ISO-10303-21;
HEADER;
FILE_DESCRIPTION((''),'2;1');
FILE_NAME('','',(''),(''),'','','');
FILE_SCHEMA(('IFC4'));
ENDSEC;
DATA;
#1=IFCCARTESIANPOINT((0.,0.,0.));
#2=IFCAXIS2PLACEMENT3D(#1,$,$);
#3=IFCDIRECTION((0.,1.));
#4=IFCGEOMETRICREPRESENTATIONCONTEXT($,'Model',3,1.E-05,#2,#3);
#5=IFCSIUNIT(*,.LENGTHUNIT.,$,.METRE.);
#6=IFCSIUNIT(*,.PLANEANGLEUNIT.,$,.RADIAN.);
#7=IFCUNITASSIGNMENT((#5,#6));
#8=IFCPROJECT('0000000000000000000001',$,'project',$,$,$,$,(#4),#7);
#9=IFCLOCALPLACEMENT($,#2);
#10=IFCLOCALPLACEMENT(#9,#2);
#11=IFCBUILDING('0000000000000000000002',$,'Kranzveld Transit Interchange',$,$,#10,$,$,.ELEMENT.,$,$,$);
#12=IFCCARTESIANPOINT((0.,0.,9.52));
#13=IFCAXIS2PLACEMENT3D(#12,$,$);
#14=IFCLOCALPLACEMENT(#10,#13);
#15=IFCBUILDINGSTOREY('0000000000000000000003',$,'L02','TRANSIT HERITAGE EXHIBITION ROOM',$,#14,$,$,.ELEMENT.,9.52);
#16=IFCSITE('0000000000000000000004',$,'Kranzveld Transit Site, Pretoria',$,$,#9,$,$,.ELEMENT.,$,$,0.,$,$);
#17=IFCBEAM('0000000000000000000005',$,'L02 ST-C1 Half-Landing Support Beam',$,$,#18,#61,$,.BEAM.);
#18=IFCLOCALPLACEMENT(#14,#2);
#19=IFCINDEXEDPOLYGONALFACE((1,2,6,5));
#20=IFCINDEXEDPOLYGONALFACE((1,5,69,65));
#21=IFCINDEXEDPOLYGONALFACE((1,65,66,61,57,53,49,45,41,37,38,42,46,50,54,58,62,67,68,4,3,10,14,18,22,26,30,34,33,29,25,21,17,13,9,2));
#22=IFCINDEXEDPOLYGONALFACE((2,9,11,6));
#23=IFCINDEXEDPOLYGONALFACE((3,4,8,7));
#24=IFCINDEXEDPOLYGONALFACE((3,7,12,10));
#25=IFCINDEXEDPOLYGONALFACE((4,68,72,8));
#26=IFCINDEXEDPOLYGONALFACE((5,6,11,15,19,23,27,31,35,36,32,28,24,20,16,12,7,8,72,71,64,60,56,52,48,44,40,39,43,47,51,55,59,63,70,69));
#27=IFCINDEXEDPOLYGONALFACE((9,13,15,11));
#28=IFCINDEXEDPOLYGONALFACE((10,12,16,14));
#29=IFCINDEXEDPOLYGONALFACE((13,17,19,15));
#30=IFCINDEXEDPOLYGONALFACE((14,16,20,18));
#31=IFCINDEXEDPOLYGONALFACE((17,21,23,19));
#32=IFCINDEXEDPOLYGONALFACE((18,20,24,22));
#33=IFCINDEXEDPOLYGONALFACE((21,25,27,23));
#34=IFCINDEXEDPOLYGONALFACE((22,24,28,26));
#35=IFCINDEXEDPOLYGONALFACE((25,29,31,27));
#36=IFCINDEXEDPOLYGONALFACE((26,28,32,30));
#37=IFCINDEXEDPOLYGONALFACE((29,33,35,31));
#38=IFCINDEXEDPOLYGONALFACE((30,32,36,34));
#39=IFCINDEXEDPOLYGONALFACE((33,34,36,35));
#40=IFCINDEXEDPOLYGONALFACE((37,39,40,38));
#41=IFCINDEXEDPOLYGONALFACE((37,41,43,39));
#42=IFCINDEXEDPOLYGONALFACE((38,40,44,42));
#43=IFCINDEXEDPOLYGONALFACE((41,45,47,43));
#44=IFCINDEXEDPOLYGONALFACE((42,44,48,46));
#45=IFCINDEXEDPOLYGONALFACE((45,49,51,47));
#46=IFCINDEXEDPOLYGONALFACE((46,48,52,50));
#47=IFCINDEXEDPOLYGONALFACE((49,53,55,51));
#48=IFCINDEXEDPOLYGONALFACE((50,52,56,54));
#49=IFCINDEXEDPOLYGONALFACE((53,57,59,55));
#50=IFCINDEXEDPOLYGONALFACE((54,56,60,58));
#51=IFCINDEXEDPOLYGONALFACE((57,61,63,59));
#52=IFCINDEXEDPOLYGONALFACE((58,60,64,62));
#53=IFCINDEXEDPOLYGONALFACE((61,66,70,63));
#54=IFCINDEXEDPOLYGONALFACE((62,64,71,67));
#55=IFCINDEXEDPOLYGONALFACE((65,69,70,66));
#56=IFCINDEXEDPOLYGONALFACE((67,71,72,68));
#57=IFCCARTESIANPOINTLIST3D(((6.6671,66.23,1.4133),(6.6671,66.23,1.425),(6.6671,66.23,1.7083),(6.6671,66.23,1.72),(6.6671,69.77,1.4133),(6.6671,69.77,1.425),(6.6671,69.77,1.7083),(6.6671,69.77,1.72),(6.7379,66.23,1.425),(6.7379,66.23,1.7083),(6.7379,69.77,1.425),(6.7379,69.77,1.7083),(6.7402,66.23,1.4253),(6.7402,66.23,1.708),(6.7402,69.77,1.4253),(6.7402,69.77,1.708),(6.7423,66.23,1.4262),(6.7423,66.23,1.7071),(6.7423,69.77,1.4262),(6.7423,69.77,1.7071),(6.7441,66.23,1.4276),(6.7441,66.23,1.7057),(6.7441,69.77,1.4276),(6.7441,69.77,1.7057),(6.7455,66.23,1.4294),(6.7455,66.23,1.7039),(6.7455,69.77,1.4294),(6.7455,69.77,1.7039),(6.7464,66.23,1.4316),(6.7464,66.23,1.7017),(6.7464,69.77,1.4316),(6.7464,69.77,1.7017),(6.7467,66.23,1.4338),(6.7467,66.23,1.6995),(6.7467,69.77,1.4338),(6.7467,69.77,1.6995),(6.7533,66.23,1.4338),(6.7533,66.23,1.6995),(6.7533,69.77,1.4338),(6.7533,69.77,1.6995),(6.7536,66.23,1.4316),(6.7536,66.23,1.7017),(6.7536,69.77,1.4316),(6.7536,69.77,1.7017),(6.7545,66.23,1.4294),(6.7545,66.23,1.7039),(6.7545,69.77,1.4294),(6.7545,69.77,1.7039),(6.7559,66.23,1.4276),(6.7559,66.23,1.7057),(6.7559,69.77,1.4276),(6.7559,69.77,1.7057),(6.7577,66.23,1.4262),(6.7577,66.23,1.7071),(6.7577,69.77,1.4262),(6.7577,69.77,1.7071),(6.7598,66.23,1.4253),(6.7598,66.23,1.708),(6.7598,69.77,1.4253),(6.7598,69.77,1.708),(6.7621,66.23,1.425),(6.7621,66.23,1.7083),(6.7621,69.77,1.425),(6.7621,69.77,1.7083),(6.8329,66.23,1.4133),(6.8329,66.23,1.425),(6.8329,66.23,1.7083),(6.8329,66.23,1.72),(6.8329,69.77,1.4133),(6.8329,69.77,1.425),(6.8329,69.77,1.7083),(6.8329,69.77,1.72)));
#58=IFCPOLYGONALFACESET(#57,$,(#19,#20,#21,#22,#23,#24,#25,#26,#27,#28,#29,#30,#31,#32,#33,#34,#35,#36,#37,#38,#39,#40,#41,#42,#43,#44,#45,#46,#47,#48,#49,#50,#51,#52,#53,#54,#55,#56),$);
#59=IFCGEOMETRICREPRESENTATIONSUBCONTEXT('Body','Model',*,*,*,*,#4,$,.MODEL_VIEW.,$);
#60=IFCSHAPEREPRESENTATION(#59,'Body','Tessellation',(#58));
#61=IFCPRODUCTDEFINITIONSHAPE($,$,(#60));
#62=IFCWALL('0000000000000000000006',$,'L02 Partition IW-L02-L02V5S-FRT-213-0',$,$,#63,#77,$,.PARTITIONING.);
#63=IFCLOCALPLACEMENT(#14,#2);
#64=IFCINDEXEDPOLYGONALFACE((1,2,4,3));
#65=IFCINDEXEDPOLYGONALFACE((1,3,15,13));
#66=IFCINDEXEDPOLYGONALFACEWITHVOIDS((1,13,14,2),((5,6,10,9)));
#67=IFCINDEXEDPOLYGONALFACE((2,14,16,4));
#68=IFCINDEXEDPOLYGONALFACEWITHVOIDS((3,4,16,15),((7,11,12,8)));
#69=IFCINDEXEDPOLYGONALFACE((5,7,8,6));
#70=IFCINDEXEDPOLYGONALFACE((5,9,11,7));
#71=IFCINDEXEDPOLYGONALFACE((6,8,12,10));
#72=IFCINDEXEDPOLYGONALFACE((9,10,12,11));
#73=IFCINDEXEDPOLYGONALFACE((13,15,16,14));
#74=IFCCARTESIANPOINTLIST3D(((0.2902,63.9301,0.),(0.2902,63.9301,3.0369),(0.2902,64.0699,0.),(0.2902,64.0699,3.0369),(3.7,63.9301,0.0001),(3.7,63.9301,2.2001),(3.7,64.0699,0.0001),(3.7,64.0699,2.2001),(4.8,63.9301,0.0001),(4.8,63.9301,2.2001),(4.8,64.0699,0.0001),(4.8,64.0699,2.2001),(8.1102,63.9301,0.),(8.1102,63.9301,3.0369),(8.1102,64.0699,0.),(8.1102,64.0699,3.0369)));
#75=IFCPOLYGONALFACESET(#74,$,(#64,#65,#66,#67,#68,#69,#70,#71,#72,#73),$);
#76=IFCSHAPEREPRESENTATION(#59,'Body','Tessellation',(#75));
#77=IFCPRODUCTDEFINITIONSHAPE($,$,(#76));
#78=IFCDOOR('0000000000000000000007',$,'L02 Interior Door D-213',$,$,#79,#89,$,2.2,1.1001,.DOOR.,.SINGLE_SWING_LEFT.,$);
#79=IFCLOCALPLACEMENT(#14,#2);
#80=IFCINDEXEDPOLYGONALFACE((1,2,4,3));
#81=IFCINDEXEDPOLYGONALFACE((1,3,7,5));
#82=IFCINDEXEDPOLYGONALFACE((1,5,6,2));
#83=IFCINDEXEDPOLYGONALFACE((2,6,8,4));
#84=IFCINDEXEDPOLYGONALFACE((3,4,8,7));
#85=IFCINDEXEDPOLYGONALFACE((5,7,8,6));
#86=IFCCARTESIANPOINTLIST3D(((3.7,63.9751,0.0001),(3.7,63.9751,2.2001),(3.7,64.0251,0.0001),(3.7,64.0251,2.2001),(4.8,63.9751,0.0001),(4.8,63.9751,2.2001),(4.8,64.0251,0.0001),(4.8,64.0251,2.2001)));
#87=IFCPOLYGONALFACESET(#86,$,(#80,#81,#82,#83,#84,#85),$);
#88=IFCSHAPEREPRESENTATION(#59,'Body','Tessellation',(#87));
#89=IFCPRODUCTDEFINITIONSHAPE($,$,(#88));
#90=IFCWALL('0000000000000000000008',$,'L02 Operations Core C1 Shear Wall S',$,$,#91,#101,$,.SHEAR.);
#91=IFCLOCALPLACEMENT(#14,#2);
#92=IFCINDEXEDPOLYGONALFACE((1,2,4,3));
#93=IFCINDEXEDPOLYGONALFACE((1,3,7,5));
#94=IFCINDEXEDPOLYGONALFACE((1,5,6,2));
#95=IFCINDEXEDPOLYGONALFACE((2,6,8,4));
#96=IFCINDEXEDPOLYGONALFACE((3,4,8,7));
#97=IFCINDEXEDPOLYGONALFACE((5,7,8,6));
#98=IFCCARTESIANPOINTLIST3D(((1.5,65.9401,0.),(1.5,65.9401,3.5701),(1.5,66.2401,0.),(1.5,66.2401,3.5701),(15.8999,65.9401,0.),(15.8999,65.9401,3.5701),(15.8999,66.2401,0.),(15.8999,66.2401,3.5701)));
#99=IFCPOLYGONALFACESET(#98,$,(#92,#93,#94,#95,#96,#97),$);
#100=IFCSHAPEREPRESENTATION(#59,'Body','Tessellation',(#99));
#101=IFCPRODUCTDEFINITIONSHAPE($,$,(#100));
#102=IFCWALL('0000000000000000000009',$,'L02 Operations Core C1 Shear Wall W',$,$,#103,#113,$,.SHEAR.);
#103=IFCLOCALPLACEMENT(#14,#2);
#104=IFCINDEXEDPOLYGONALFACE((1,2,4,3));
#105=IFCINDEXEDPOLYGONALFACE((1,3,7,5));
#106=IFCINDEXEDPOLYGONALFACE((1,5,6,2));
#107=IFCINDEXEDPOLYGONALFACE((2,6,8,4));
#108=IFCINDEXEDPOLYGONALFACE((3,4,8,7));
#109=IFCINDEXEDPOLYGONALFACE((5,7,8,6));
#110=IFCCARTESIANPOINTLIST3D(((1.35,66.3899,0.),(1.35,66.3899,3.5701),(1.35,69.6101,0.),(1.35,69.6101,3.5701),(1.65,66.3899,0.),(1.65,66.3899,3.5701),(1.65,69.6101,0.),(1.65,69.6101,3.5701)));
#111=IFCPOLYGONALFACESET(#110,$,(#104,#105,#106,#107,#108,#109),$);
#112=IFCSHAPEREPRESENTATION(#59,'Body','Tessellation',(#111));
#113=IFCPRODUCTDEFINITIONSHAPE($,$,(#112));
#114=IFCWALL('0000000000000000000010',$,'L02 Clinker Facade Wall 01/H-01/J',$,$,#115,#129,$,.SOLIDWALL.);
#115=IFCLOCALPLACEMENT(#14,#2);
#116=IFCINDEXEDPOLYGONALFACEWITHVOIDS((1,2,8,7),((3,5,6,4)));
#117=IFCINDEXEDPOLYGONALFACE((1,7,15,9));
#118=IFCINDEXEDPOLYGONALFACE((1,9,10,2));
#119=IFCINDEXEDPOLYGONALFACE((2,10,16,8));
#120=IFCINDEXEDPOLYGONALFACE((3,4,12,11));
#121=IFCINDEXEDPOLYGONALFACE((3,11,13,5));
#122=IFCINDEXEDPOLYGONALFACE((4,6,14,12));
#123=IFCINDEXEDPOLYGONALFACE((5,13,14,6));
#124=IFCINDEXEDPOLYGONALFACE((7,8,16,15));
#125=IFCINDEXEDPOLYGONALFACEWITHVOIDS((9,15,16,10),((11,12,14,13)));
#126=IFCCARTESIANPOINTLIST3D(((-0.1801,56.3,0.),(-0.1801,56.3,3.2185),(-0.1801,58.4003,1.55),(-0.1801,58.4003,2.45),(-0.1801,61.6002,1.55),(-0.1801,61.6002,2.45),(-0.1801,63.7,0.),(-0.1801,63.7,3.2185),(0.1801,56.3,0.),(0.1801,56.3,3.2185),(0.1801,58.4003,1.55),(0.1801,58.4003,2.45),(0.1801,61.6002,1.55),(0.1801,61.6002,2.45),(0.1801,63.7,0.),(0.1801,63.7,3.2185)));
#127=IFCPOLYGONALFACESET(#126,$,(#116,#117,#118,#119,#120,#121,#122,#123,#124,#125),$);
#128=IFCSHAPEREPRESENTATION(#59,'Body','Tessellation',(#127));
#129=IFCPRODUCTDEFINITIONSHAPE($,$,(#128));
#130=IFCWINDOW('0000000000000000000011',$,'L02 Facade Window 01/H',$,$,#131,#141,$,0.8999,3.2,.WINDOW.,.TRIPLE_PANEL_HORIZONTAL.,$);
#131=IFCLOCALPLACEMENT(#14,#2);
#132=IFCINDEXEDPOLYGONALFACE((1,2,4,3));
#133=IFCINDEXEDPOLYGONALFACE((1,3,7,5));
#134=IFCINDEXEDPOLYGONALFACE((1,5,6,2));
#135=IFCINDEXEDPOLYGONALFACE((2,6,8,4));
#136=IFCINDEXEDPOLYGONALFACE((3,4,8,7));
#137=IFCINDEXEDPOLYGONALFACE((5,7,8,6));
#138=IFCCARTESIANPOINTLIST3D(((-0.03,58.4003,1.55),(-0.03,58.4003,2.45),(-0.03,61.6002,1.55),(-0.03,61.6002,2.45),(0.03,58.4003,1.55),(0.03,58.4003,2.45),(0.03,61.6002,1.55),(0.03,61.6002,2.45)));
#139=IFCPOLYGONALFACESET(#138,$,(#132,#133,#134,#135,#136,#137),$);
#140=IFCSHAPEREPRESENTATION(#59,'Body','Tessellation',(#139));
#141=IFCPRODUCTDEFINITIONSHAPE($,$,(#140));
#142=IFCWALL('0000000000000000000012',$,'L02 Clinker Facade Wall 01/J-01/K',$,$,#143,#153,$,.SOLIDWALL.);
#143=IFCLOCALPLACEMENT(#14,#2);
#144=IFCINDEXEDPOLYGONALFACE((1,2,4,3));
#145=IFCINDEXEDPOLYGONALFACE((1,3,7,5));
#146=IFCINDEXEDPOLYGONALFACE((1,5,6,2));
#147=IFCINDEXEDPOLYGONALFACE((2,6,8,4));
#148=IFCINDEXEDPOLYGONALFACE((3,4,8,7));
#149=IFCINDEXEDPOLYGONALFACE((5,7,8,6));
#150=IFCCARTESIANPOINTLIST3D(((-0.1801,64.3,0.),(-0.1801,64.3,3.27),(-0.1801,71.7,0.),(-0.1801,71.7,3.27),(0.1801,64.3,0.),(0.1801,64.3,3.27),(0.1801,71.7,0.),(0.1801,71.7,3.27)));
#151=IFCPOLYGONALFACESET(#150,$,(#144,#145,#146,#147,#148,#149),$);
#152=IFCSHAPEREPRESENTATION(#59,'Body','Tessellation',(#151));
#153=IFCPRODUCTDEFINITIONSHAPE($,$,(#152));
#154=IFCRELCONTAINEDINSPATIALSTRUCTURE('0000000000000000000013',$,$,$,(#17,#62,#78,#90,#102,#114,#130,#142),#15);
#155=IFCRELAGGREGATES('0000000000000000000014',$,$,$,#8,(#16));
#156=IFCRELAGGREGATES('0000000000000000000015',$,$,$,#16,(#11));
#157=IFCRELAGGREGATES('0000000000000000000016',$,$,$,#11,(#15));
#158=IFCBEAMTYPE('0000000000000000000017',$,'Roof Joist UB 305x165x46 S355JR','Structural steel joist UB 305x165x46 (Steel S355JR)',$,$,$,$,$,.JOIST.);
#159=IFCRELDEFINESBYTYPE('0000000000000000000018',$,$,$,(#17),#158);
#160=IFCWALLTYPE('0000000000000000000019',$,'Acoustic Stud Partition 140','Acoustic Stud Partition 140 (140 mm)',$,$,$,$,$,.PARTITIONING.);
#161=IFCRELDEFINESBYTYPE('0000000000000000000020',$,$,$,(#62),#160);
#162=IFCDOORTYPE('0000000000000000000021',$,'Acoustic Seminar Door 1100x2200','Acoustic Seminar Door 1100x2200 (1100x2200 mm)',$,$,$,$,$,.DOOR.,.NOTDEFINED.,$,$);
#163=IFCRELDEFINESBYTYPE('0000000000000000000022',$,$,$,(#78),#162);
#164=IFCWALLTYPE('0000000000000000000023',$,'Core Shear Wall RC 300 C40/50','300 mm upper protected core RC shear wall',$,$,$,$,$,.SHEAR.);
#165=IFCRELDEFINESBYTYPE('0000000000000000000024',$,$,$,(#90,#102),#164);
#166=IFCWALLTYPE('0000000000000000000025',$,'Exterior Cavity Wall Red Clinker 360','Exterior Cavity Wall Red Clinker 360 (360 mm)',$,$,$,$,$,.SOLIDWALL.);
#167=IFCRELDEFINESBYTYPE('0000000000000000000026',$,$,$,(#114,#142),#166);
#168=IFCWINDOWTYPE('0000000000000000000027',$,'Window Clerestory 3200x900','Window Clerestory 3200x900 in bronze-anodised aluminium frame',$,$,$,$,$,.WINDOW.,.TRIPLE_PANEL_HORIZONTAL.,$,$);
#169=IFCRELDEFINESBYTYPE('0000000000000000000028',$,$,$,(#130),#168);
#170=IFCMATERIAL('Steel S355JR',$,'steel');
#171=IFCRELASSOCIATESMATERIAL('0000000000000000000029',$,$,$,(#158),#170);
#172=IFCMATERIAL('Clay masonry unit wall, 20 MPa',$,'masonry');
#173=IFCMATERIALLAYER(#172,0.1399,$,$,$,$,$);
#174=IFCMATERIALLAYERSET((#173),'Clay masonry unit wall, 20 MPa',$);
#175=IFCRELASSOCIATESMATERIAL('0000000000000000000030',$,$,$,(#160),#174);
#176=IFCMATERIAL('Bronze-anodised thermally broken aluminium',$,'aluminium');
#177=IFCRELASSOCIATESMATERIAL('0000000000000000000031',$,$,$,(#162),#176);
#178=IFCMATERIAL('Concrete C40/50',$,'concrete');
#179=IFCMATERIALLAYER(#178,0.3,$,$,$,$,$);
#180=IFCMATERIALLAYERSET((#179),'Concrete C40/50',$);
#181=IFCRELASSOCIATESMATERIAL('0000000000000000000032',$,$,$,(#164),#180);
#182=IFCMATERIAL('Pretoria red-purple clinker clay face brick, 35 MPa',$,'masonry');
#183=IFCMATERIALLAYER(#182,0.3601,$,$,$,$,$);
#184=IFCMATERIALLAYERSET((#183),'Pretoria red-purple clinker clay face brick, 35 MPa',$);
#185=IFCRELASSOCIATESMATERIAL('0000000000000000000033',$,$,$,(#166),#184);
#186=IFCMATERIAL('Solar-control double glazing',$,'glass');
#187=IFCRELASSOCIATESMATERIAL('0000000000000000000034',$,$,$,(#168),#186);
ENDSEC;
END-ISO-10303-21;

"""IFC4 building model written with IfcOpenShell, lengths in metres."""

from ifc_helpers import new_model, si_unit, direction, frame, frame_2d, origin, origin_2d, place, context, subcontext, project, spatial, rectangle, i_section, extrude, material, layer, layer_set, material_profile, profile_set, type_object, element, fill, save


model = new_model("IFC4")

# Units and contexts
model_context = context("Model", 3, precision=1e-05, world=origin(), true_north=direction((0.0, 1.0)))
body_context = subcontext(model_context, "Body", "Model", "MODEL_VIEW")
ifc_project = project(units=[si_unit("LENGTHUNIT", "METRE"), si_unit("PLANEANGLEUNIT", "RADIAN")], contexts=[model_context])

# Site, building, storey
site_placement = place(None, origin())
site = spatial("IfcSite", under=ifc_project, at=site_placement, Name="Kranzveld Transit Site, Pretoria", CompositionType="ELEMENT", RefElevation=0.0)
building_placement = place(site_placement, origin())
building = spatial("IfcBuilding", under=site, at=building_placement, Name="Kranzveld Transit Interchange", CompositionType="ELEMENT")
storey_placement = place(building_placement, frame((0.0, 0.0, 9.52)))
storey = spatial("IfcBuildingStorey", under=building, at=storey_placement, Name="L02", Description="TRANSIT HERITAGE EXHIBITION ROOM", CompositionType="ELEMENT", Elevation=9.52)

# Beam
ifc_material_1 = material(Name="Steel S355JR", Category="steel")
ifc_material_profile_1 = material_profile(ifc_material_1, i_section(OverallWidth=0.1658, OverallDepth=0.3066, WebThickness=0.0066, FlangeThickness=0.0117, FilletRadius=0.0088, at=origin_2d()), Name="UB 305x165x46")
ifc_profile_set_1 = profile_set([ifc_material_profile_1], Name="Steel S355JR")
beam_type_1 = type_object("IfcBeamType", Name="Roof Joist UB 305x165x46 S355JR", Description="Structural steel joist UB 305x165x46 (Steel S355JR)", PredefinedType="JOIST", material=ifc_profile_set_1)
beam_1_placement = place(storey_placement, frame((6.75, 66.23, 1.5667), z_axis=(0.0, 1.0, 0.0), x_axis=(-1.0, 0.0, 0.0)))
element("IfcBeam", 1, at=beam_1_placement, inside=storey, type_object=beam_type_1, Name="L02 ST-C1 Half-Landing Support Beam", PredefinedType="BEAM", context=body_context, shape_type="SweptSolid", body=[
    extrude(i_section(OverallWidth=0.1658, OverallDepth=0.3066, WebThickness=0.0066, FlangeThickness=0.0117, FilletRadius=0.0088, at=origin_2d()), origin(), (0.0, 0.0, 1.0), 3.54),
])

# Wall, opening, door
ifc_material_2 = material(Name="Clay masonry unit wall, 20 MPa", Category="masonry")
ifc_layer_1 = layer(ifc_material_2, 0.1399)
ifc_layer_set_1 = layer_set([ifc_layer_1], Name="Clay masonry unit wall, 20 MPa")
wall_type_1 = type_object("IfcWallType", Name="Acoustic Stud Partition 140", Description="Acoustic Stud Partition 140 (140 mm)", PredefinedType="PARTITIONING", material=ifc_layer_set_1)
wall_1_placement = place(storey_placement, frame((0.29, 64.0, 0.0), z_axis=(0.0, 0.0, 1.0), x_axis=(1.0, 0.0, 0.0)))
wall_1 = element("IfcWall", 2, at=wall_1_placement, inside=storey, type_object=wall_type_1, Name="L02 Partition IW-L02-L02V5S-FRT-213-0", PredefinedType="PARTITIONING", context=body_context, shape_type="SweptSolid", body=[
    extrude(rectangle(XDim=7.8201, YDim=0.1399, at=frame_2d((3.9102, 0.0))), origin(), (0.0, 0.0, 1.0), 3.0369),
])
opening_1_placement = place(wall_1_placement, frame((4.51, 0.0, 0.0), z_axis=(0.0, 0.0, 1.0), x_axis=(-1.0, 0.0, 0.0)))
opening_1 = element("IfcOpeningElement", 3, at=opening_1_placement, cuts=wall_1, PredefinedType="OPENING", context=body_context, shape_type="SweptSolid", body=[
    extrude(rectangle(XDim=1.1001, YDim=2.2, at=frame_2d((0.55, 1.1001))), frame((0.0, 0.0798, 0.0), z_axis=(0.0, -1.0, 0.0), x_axis=(1.0, 0.0, 0.0)), (0.0, 0.0, 1.0), 0.1599),
])
ifc_material_3 = material(Name="Bronze-anodised thermally broken aluminium", Category="aluminium")
door_type = type_object("IfcDoorType", Name="Acoustic Seminar Door 1100x2200", Description="Acoustic Seminar Door 1100x2200 (1100x2200 mm)", OperationType="NOTDEFINED", PredefinedType="DOOR", material=ifc_material_3)
door_placement = place(opening_1_placement, origin())
door = element("IfcDoor", 4, at=door_placement, inside=storey, type_object=door_type, Name="L02 Interior Door D-213", OperationType="SINGLE_SWING_LEFT", OverallHeight=2.2, OverallWidth=1.1001, PredefinedType="DOOR", context=body_context, shape_type="SweptSolid", body=[
    extrude(rectangle(XDim=1.1001, YDim=2.2, at=frame_2d((0.55, 1.1001))), frame((0.0, 0.0249, 0.0), z_axis=(0.0, -1.0, 0.0), x_axis=(1.0, 0.0, 0.0)), (0.0, 0.0, 1.0), 0.05),
])
fill(opening_1, door)

# Walls
ifc_material_4 = material(Name="Concrete C40/50", Category="concrete")
ifc_layer_2 = layer(ifc_material_4, 0.3)
ifc_layer_set_2 = layer_set([ifc_layer_2], Name="Concrete C40/50")
wall_type_2 = type_object("IfcWallType", Name="Core Shear Wall RC 300 C40/50", Description="300 mm upper protected core RC shear wall", PredefinedType="SHEAR", material=ifc_layer_set_2)
wall_2_placement = place(storey_placement, frame((1.5, 66.0901, 0.0), z_axis=(0.0, 0.0, 1.0), x_axis=(1.0, 0.0, 0.0)))
element("IfcWall", 5, at=wall_2_placement, inside=storey, type_object=wall_type_2, Name="L02 Operations Core C1 Shear Wall S", PredefinedType="SHEAR", context=body_context, shape_type="SweptSolid", body=[
    extrude(rectangle(XDim=14.3999, YDim=0.3, at=frame_2d((7.2, 0.0))), origin(), (0.0, 0.0, 1.0), 3.5701),
])
wall_3_placement = place(storey_placement, frame((1.5, 66.3899, 0.0), z_axis=(0.0, 0.0, 1.0), x_axis=(0.0, 1.0, 0.0)))
element("IfcWall", 6, at=wall_3_placement, inside=storey, type_object=wall_type_2, Name="L02 Operations Core C1 Shear Wall W", PredefinedType="SHEAR", context=body_context, shape_type="SweptSolid", body=[
    extrude(rectangle(XDim=3.2202, YDim=0.3, at=frame_2d((1.6101, 0.0))), origin(), (0.0, 0.0, 1.0), 3.5701),
])

# Wall, opening, window
ifc_material_5 = material(Name="Pretoria red-purple clinker clay face brick, 35 MPa", Category="masonry")
ifc_layer_3 = layer(ifc_material_5, 0.3601)
ifc_layer_set_3 = layer_set([ifc_layer_3], Name="Pretoria red-purple clinker clay face brick, 35 MPa")
wall_type_3 = type_object("IfcWallType", Name="Exterior Cavity Wall Red Clinker 360", Description="Exterior Cavity Wall Red Clinker 360 (360 mm)", PredefinedType="SOLIDWALL", material=ifc_layer_set_3)
wall_4_placement = place(storey_placement, frame((0.0, 56.3, 0.0), z_axis=(0.0, 0.0, 1.0), x_axis=(0.0, 1.0, 0.0)))
wall_4 = element("IfcWall", 7, at=wall_4_placement, inside=storey, type_object=wall_type_3, Name="L02 Clinker Facade Wall 01/H-01/J", PredefinedType="SOLIDWALL", context=body_context, shape_type="SweptSolid", body=[
    extrude(rectangle(XDim=7.3999, YDim=0.3601, at=frame_2d((3.7, 0.0))), origin(), (0.0, 0.0, 1.0), 3.2185),
])
opening_2_placement = place(wall_4_placement, frame((2.1001, 0.0, 1.55), z_axis=(0.0, 0.0, 1.0), x_axis=(1.0, 0.0, 0.0)))
opening_2 = element("IfcOpeningElement", 8, at=opening_2_placement, cuts=wall_4, PredefinedType="OPENING", context=body_context, shape_type="SweptSolid", body=[
    extrude(rectangle(XDim=3.2, YDim=0.8999, at=frame_2d((1.6001, 0.45))), frame((0.0, 0.1899, 0.0), z_axis=(0.0, -1.0, 0.0), x_axis=(1.0, 0.0, 0.0)), (0.0, 0.0, 1.0), 0.3801),
])
ifc_material_6 = material(Name="Solar-control double glazing", Category="glass")
window_type = type_object("IfcWindowType", Name="Window Clerestory 3200x900", Description="Window Clerestory 3200x900 in bronze-anodised aluminium frame", PartitioningType="TRIPLE_PANEL_HORIZONTAL", PredefinedType="WINDOW", material=ifc_material_6)
window_placement = place(opening_2_placement, origin())
window = element("IfcWindow", 9, at=window_placement, inside=storey, type_object=window_type, Name="L02 Facade Window 01/H", OverallHeight=0.8999, OverallWidth=3.2, PartitioningType="TRIPLE_PANEL_HORIZONTAL", PredefinedType="WINDOW", context=body_context, shape_type="SweptSolid", body=[
    extrude(rectangle(XDim=3.2, YDim=0.8999, at=frame_2d((1.6001, 0.45))), frame((0.0, 0.03, 0.0), z_axis=(0.0, -1.0, 0.0), x_axis=(1.0, 0.0, 0.0)), (0.0, 0.0, 1.0), 0.0601),
])
fill(opening_2, window)

# Wall
wall_5_placement = place(storey_placement, frame((0.0, 64.3, 0.0), z_axis=(0.0, 0.0, 1.0), x_axis=(0.0, 1.0, 0.0)))
element("IfcWall", 10, at=wall_5_placement, inside=storey, type_object=wall_type_3, Name="L02 Clinker Facade Wall 01/J-01/K", PredefinedType="SOLIDWALL", context=body_context, shape_type="SweptSolid", body=[
    extrude(rectangle(XDim=7.3999, YDim=0.3601, at=frame_2d((3.7, 0.0))), origin(), (0.0, 0.0, 1.0), 3.27),
])

save(model, "model.ifc")
